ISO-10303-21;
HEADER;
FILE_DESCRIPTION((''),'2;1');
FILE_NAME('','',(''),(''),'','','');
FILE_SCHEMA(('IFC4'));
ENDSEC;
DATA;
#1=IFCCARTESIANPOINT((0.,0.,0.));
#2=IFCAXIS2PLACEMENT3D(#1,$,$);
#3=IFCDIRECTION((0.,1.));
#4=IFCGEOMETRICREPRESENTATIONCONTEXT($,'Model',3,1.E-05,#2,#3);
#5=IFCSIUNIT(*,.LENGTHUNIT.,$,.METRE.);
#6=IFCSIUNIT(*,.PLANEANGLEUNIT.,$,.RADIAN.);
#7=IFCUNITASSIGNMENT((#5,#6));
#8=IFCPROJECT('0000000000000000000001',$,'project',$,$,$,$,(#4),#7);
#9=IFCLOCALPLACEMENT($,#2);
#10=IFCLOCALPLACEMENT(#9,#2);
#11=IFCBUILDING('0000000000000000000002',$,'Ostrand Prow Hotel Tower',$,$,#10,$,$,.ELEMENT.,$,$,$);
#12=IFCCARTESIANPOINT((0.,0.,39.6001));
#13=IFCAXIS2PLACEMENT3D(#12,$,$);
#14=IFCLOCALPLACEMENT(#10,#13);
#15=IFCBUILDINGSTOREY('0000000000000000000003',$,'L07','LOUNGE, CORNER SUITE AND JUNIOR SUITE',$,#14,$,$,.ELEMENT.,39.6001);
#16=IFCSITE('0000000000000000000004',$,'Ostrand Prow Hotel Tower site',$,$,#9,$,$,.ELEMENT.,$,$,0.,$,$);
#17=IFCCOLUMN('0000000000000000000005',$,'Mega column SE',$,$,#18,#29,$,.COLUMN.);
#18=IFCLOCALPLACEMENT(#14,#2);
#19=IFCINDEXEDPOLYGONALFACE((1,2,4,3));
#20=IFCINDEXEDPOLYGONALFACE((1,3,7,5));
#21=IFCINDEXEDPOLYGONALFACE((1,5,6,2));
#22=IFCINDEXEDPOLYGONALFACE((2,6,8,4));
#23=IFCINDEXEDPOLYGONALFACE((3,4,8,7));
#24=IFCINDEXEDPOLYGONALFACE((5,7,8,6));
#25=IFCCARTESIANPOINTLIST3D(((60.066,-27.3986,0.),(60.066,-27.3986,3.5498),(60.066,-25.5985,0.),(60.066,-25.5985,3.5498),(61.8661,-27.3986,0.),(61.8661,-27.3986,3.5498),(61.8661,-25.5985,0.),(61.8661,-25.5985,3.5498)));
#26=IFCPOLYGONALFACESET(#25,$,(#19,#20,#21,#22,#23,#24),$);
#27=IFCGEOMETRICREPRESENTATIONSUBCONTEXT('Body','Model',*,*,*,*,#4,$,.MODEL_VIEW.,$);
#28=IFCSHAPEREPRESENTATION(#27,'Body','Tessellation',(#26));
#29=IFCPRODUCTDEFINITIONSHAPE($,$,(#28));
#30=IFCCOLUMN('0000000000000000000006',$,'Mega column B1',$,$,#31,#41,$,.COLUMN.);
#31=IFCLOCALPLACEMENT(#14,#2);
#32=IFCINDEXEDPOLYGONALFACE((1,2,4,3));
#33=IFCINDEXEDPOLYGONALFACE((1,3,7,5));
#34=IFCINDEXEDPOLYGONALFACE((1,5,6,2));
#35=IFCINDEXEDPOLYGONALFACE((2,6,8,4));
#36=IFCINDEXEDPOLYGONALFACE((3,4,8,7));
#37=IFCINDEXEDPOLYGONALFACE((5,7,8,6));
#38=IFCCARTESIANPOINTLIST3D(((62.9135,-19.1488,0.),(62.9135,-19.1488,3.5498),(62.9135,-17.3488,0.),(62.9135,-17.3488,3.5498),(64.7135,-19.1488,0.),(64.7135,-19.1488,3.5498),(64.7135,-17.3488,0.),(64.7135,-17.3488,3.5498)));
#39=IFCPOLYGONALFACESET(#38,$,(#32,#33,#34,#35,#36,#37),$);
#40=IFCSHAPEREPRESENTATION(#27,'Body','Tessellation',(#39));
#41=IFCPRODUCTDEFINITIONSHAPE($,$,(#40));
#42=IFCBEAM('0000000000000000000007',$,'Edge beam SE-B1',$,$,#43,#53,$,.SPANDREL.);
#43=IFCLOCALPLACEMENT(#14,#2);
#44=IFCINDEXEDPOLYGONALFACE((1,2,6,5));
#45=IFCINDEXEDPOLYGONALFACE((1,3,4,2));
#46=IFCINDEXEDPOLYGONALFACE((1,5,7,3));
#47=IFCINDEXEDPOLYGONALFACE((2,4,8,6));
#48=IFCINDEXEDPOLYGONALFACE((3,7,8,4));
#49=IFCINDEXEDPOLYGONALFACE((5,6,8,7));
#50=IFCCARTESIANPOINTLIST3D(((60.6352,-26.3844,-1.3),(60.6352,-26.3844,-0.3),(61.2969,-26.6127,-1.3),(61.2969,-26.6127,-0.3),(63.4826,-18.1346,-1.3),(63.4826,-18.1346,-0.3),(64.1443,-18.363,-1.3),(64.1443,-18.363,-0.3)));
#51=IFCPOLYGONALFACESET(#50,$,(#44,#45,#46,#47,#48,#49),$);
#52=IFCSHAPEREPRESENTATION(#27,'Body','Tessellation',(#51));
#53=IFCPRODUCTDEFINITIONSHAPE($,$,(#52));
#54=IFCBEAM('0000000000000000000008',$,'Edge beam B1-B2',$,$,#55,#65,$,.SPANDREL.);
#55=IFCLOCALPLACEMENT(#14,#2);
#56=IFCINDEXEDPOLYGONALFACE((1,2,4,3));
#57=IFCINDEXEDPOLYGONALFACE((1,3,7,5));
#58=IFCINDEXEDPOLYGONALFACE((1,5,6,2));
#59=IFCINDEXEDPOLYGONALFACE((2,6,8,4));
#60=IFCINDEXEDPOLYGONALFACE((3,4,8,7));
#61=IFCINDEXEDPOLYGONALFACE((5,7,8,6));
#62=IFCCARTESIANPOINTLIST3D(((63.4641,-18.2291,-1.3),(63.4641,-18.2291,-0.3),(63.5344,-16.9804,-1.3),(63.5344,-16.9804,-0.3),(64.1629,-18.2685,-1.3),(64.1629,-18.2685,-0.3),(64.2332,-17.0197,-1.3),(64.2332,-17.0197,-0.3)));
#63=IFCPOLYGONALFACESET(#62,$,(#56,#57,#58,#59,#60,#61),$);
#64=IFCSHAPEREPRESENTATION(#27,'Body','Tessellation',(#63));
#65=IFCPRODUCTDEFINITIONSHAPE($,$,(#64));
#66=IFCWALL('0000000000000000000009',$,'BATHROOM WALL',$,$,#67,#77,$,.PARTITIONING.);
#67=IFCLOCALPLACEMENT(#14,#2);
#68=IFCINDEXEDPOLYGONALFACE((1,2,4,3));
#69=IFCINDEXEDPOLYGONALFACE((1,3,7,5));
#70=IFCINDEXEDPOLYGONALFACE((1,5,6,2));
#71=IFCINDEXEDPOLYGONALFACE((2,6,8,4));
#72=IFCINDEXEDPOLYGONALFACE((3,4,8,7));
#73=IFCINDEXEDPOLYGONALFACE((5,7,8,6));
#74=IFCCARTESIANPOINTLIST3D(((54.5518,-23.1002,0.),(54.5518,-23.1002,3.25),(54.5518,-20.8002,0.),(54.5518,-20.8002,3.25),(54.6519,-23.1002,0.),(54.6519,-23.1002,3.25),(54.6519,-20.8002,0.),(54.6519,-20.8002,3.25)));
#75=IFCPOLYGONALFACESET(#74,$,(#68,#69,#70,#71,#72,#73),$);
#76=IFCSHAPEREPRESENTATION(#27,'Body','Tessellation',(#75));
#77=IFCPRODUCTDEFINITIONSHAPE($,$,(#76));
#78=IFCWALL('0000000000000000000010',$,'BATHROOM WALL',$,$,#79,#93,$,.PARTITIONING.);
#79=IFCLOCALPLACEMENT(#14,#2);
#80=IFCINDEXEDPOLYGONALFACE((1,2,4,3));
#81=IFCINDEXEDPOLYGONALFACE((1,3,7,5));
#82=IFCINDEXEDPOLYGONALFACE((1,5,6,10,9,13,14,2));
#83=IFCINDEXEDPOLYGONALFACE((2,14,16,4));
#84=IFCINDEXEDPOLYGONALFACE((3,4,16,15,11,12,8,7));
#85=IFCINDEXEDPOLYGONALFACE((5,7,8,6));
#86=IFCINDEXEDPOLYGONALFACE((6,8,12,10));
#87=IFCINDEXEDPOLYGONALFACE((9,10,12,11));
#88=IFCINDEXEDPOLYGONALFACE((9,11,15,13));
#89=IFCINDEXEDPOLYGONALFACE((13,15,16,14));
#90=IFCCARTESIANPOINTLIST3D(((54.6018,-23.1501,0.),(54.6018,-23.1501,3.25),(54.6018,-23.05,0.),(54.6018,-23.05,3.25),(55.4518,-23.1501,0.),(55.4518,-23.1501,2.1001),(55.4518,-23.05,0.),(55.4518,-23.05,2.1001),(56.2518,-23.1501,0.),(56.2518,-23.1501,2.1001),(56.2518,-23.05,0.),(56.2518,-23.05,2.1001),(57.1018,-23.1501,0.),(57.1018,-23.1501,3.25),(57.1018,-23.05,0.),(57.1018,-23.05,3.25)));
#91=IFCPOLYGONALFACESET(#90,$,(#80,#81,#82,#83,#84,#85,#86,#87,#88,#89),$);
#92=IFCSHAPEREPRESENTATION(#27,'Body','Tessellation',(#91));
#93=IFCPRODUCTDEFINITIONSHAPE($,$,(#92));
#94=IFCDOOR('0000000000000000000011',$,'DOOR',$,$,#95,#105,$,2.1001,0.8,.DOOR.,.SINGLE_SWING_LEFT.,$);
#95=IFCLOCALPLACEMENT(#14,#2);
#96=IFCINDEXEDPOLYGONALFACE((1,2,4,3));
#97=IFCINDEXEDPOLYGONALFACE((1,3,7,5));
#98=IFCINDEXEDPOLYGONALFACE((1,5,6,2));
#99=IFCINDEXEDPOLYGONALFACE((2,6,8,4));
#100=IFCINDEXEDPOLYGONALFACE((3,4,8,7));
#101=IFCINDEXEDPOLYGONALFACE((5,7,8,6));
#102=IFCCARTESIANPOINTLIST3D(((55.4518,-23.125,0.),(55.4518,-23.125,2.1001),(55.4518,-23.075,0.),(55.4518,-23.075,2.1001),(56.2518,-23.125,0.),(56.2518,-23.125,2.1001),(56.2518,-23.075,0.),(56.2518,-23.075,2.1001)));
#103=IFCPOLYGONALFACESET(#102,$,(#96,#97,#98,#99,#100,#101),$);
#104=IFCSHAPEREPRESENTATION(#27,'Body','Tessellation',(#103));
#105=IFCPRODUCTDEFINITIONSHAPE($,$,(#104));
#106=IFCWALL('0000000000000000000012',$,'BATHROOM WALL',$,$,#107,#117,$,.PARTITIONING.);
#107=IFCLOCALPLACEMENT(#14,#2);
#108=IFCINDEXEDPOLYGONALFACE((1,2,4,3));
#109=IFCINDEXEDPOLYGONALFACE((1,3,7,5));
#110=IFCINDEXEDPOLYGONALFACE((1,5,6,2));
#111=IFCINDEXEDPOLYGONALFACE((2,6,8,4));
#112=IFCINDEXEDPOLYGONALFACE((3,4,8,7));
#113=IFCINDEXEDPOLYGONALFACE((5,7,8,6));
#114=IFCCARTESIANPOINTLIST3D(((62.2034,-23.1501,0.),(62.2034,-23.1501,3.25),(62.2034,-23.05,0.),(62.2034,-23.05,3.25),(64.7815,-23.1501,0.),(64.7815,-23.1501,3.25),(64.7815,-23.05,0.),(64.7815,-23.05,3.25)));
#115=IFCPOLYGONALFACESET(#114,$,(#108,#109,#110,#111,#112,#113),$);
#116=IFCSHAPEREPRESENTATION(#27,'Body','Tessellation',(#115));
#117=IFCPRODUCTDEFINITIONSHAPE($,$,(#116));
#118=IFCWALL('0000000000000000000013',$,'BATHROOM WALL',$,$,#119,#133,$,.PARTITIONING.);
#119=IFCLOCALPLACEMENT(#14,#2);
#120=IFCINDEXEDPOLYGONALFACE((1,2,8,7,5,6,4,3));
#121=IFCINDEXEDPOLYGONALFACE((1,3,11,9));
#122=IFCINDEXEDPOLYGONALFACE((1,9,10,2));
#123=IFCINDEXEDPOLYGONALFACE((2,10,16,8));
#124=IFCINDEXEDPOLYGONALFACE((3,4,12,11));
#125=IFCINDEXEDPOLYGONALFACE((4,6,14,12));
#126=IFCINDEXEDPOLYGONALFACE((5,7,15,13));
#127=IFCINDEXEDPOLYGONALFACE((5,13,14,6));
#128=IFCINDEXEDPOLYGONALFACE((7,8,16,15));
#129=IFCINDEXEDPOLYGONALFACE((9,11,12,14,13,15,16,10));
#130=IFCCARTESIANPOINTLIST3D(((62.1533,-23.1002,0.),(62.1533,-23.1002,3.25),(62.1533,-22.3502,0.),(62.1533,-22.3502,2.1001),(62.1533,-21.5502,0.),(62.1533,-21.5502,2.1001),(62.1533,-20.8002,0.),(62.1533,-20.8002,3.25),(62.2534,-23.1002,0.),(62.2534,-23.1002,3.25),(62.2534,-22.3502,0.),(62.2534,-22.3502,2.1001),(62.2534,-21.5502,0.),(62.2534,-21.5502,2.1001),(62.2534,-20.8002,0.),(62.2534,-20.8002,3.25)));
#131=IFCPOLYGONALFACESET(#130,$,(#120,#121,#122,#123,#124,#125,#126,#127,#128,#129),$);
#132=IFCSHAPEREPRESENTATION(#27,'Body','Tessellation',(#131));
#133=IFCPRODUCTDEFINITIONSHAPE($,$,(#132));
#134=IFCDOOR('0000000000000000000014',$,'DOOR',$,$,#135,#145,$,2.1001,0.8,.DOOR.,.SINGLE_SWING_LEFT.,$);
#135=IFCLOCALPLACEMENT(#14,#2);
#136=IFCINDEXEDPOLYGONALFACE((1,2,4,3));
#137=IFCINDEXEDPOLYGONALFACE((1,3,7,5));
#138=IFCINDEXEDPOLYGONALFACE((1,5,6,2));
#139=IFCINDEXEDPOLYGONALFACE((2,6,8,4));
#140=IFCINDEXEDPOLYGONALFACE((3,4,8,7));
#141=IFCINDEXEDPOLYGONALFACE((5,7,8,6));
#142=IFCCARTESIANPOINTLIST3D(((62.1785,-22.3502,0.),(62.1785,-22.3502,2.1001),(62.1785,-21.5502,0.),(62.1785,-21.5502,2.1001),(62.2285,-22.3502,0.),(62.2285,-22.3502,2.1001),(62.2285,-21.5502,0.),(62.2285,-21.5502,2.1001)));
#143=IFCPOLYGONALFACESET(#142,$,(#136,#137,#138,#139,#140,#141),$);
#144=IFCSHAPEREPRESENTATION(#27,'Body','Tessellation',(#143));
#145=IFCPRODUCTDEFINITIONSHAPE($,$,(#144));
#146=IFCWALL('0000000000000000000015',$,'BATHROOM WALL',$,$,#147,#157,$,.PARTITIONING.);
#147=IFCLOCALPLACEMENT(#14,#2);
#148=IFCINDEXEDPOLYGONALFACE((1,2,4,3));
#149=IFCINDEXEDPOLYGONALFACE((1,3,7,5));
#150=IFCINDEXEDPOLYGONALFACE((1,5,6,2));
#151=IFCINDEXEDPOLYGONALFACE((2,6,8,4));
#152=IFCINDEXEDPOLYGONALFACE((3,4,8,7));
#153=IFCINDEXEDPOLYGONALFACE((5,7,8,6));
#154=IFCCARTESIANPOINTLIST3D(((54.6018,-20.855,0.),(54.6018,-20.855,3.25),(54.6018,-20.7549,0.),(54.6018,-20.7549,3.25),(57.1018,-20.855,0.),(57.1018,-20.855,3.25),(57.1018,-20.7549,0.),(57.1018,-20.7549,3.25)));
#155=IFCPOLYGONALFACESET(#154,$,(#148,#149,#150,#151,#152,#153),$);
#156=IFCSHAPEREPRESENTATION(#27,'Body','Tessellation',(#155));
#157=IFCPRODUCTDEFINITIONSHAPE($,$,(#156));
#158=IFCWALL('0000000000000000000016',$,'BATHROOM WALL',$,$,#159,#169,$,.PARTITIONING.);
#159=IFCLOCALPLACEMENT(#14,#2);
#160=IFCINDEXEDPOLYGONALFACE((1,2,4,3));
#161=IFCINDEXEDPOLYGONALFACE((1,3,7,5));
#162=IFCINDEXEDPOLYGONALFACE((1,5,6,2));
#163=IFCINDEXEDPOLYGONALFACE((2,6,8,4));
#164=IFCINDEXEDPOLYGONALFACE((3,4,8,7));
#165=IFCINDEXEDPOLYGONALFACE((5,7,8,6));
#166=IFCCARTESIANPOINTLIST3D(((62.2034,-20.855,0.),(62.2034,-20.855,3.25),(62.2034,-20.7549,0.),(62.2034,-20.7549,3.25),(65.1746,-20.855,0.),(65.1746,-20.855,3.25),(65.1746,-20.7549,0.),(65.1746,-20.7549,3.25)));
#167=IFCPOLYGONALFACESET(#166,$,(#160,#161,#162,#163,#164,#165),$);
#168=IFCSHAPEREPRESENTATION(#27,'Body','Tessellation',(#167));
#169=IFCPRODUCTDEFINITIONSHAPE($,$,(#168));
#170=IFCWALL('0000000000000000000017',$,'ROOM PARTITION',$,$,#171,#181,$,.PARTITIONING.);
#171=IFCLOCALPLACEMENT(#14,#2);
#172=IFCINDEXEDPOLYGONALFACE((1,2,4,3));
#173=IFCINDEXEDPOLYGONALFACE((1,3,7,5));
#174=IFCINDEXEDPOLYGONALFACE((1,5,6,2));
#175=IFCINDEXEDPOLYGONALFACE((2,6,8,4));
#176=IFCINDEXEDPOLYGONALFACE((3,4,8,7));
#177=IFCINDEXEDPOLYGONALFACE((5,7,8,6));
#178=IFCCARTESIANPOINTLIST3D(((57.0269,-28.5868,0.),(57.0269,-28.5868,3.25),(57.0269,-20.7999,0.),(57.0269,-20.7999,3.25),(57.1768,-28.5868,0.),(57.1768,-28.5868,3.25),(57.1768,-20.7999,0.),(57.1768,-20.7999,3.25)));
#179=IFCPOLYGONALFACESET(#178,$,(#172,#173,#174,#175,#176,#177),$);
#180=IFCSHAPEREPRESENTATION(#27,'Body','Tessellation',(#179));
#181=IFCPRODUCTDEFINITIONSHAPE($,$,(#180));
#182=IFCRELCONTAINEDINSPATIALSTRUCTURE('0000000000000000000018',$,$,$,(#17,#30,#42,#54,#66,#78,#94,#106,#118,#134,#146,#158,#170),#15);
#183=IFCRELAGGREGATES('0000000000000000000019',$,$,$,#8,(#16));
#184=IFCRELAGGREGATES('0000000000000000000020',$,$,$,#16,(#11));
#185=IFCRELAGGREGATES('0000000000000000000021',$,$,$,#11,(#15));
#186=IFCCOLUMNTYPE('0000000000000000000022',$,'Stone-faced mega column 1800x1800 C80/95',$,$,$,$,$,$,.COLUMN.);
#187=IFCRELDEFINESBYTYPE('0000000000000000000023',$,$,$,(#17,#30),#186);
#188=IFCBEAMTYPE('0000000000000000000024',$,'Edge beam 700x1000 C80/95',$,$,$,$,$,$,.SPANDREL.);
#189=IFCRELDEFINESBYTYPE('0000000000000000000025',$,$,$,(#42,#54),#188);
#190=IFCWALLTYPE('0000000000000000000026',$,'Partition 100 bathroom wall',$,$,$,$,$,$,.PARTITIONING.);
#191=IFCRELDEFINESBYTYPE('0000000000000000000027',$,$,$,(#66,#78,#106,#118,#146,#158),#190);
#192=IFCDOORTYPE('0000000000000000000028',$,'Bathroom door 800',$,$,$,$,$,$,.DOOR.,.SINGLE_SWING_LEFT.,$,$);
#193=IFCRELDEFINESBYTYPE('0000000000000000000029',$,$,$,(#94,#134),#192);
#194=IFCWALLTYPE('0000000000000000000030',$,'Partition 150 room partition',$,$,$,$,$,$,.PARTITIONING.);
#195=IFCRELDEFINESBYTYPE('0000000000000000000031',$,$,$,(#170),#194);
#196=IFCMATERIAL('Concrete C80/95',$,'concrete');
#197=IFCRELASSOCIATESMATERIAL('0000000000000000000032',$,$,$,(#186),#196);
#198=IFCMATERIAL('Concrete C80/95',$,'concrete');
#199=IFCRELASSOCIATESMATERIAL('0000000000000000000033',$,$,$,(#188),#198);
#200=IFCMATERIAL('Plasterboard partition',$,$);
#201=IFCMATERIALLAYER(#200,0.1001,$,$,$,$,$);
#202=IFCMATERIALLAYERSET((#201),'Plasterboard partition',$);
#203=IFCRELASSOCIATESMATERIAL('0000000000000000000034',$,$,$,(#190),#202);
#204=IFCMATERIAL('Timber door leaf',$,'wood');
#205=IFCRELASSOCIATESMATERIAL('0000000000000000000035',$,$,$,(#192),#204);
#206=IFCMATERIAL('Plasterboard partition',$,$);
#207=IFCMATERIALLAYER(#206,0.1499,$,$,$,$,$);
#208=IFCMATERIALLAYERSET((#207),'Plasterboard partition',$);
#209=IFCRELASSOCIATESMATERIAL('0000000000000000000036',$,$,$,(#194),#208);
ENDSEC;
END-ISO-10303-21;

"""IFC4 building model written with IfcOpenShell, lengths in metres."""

from ifc_helpers import new_model, si_unit, direction, frame, frame_2d, origin, origin_2d, place, context, subcontext, project, spatial, rectangle, extrude, material, layer, layer_set, material_profile, profile_set, type_object, element, fill, save


model = new_model("IFC4")

# Units and contexts
model_context = context("Model", 3, precision=1e-05, world=origin(), true_north=direction((0.0, 1.0)))
body_context = subcontext(model_context, "Body", "Model", "MODEL_VIEW")
ifc_project = project(units=[si_unit("LENGTHUNIT", "METRE"), si_unit("PLANEANGLEUNIT", "RADIAN")], contexts=[model_context])

# Site, building, storey
site_placement = place(None, origin())
site = spatial("IfcSite", under=ifc_project, at=site_placement, Name="Ostrand Prow Hotel Tower site", CompositionType="ELEMENT", RefElevation=0.0)
building_placement = place(site_placement, origin())
building = spatial("IfcBuilding", under=site, at=building_placement, Name="Ostrand Prow Hotel Tower", CompositionType="ELEMENT")
storey_placement = place(building_placement, frame((0.0, 0.0, 39.6001)))
storey = spatial("IfcBuildingStorey", under=building, at=storey_placement, Name="L07", Description="LOUNGE, CORNER SUITE AND JUNIOR SUITE", CompositionType="ELEMENT", Elevation=39.6001)

# Columns
ifc_material_1 = material(Name="Concrete C80/95", Category="concrete")
ifc_material_profile_1 = material_profile(ifc_material_1, rectangle(XDim=1.8, YDim=1.8, at=origin_2d()), Name="RC 1800x1800")
ifc_profile_set_1 = profile_set([ifc_material_profile_1], Name="Concrete C80/95")
column_type = type_object("IfcColumnType", Name="Stone-faced mega column 1800x1800 C80/95", PredefinedType="COLUMN", material=ifc_profile_set_1)
for number, where, z_axis, x_axis, name in (
    (1, (60.9661, -26.4985, 0.0), (0.0, 0.0, 1.0), (1.0, 0.0, 0.0), "Mega column SE"),
    (2, (63.8135, -18.2488, 0.0), (0.0, 0.0, 1.0), (1.0, 0.0, 0.0), "Mega column B1"),
):
    element("IfcColumn", number, at=place(storey_placement, frame(where, z_axis=z_axis, x_axis=x_axis)), inside=storey, type_object=column_type, Name=name, PredefinedType="COLUMN", context=body_context, shape_type="SweptSolid", body=[
        extrude(rectangle(XDim=1.8, YDim=1.8, at=origin_2d()), origin(), (0.0, 0.0, 1.0), 3.5498),
    ])

# Beams
ifc_material_2 = material(Name="Concrete C80/95", Category="concrete")
ifc_material_profile_2 = material_profile(ifc_material_2, rectangle(XDim=0.7, YDim=1.0, at=origin_2d()), Name="RC 700x1000")
ifc_profile_set_2 = profile_set([ifc_material_profile_2], Name="Concrete C80/95")
beam_type = type_object("IfcBeamType", Name="Edge beam 700x1000 C80/95", PredefinedType="SPANDREL", material=ifc_profile_set_2)
beam_1_placement = place(storey_placement, frame((60.9661, -26.4985, -0.8), z_axis=(0.326264, 0.945279, 0.0), x_axis=(-0.945279, 0.326264, 0.0)))
element("IfcBeam", 3, at=beam_1_placement, inside=storey, type_object=beam_type, Name="Edge beam SE-B1", PredefinedType="SPANDREL", context=body_context, shape_type="SweptSolid", body=[
    extrude(rectangle(XDim=0.7, YDim=1.0, at=origin_2d()), origin(), (0.0, 0.0, 1.0), 8.7273),
])
beam_2_placement = place(storey_placement, frame((63.8135, -18.2488, -0.8), z_axis=(0.056216, 0.998419, 0.0), x_axis=(-0.998419, 0.056216, 0.0)))
element("IfcBeam", 4, at=beam_2_placement, inside=storey, type_object=beam_type, Name="Edge beam B1-B2", PredefinedType="SPANDREL", context=body_context, shape_type="SweptSolid", body=[
    extrude(rectangle(XDim=0.7, YDim=1.0, at=origin_2d()), origin(), (0.0, 0.0, 1.0), 1.2507),
])

# Wall
ifc_material_3 = material(Name="Plasterboard partition")
ifc_layer_1 = layer(ifc_material_3, 0.1001)
ifc_layer_set_1 = layer_set([ifc_layer_1], Name="Plasterboard partition")
wall_type_1 = type_object("IfcWallType", Name="Partition 100 bathroom wall", PredefinedType="PARTITIONING", material=ifc_layer_set_1)
wall_1_placement = place(storey_placement, frame((54.6018, -23.1001, 0.0), z_axis=(0.0, 0.0, 1.0), x_axis=(0.0, 1.0, 0.0)))
element("IfcWall", 5, at=wall_1_placement, inside=storey, type_object=wall_type_1, Name="BATHROOM WALL", PredefinedType="PARTITIONING", context=body_context, shape_type="SweptSolid", body=[
    extrude(rectangle(XDim=2.3, YDim=0.1001, at=frame_2d((1.1499, 0.0))), origin(), (0.0, 0.0, 1.0), 3.25),
])

# Wall, opening, door
wall_2_placement = place(storey_placement, frame((57.1018, -23.1001, 0.0), z_axis=(0.0, 0.0, 1.0), x_axis=(-1.0, 0.0, 0.0)))
wall_2 = element("IfcWall", 6, at=wall_2_placement, inside=storey, type_object=wall_type_1, Name="BATHROOM WALL", PredefinedType="PARTITIONING", context=body_context, shape_type="SweptSolid", body=[
    extrude(rectangle(XDim=2.5, YDim=0.1001, at=frame_2d((1.25, 0.0))), origin(), (0.0, 0.0, 1.0), 3.25),
])
opening_1_placement = place(wall_2_placement, frame((0.8501, 0.0, 0.0)))
opening_1 = element("IfcOpeningElement", 7, at=opening_1_placement, cuts=wall_2, PredefinedType="OPENING", context=body_context, shape_type="SweptSolid", body=[
    extrude(rectangle(XDim=0.8, YDim=2.1001, at=frame_2d((0.3999, 1.05))), frame((0.0, 0.0601, 0.0), z_axis=(0.0, -1.0, 0.0), x_axis=(1.0, 0.0, 0.0)), (0.0, 0.0, 1.0), 0.1201),
])
ifc_material_4 = material(Name="Timber door leaf", Category="wood")
door_type_1 = type_object("IfcDoorType", Name="Bathroom door 800", OperationType="SINGLE_SWING_LEFT", PredefinedType="DOOR", material=ifc_material_4)
door_1_placement = place(opening_1_placement, origin())
door_1 = element("IfcDoor", 8, at=door_1_placement, inside=storey, type_object=door_type_1, Name="DOOR", OperationType="SINGLE_SWING_LEFT", OverallHeight=2.1001, OverallWidth=0.8, PredefinedType="DOOR", context=body_context, shape_type="SweptSolid", body=[
    extrude(rectangle(XDim=0.8, YDim=2.1001, at=frame_2d((0.3999, 1.05))), frame((0.0, 0.0249, 0.0), z_axis=(0.0, -1.0, 0.0), x_axis=(1.0, 0.0, 0.0)), (0.0, 0.0, 1.0), 0.05),
])
fill(opening_1, door_1)

# Wall
wall_3_placement = place(storey_placement, frame((64.7815, -23.1001, 0.0), z_axis=(0.0, 0.0, 1.0), x_axis=(-1.0, 0.0, 0.0)))
element("IfcWall", 9, at=wall_3_placement, inside=storey, type_object=wall_type_1, Name="BATHROOM WALL", PredefinedType="PARTITIONING", context=body_context, shape_type="SweptSolid", body=[
    extrude(rectangle(XDim=2.5781, YDim=0.1001, at=frame_2d((1.2891, 0.0))), origin(), (0.0, 0.0, 1.0), 3.25),
])

# Wall, opening, door
wall_4_placement = place(storey_placement, frame((62.2034, -23.1001, 0.0), z_axis=(0.0, 0.0, 1.0), x_axis=(0.0, 1.0, 0.0)))
wall_4 = element("IfcWall", 10, at=wall_4_placement, inside=storey, type_object=wall_type_1, Name="BATHROOM WALL", PredefinedType="PARTITIONING", context=body_context, shape_type="SweptSolid", body=[
    extrude(rectangle(XDim=2.3, YDim=0.1001, at=frame_2d((1.1499, 0.0))), origin(), (0.0, 0.0, 1.0), 3.25),
])
opening_2_placement = place(wall_4_placement, frame((0.75, 0.0, 0.0)))
opening_2 = element("IfcOpeningElement", 11, at=opening_2_placement, cuts=wall_4, PredefinedType="OPENING", context=body_context, shape_type="SweptSolid", body=[
    extrude(rectangle(XDim=0.8, YDim=2.1001, at=frame_2d((0.3999, 1.05))), frame((0.0, 0.0601, 0.0), z_axis=(0.0, -1.0, 0.0), x_axis=(1.0, 0.0, 0.0)), (0.0, 0.0, 1.0), 0.1201),
])
door_2_placement = place(opening_2_placement, origin())
door_2 = element("IfcDoor", 12, at=door_2_placement, inside=storey, type_object=door_type_1, Name="DOOR", OperationType="SINGLE_SWING_LEFT", OverallHeight=2.1001, OverallWidth=0.8, PredefinedType="DOOR", context=body_context, shape_type="SweptSolid", body=[
    extrude(rectangle(XDim=0.8, YDim=2.1001, at=frame_2d((0.3999, 1.05))), frame((0.0, 0.0249, 0.0), z_axis=(0.0, -1.0, 0.0), x_axis=(1.0, 0.0, 0.0)), (0.0, 0.0, 1.0), 0.05),
])
fill(opening_2, door_2)

# Walls
wall_5_placement = place(storey_placement, frame((54.6018, -20.8049, 0.0), z_axis=(0.0, 0.0, 1.0), x_axis=(1.0, 0.0, 0.0)))
element("IfcWall", 13, at=wall_5_placement, inside=storey, type_object=wall_type_1, Name="BATHROOM WALL", PredefinedType="PARTITIONING", context=body_context, shape_type="SweptSolid", body=[
    extrude(rectangle(XDim=2.5, YDim=0.1001, at=frame_2d((1.25, 0.0))), origin(), (0.0, 0.0, 1.0), 3.25),
])
wall_6_placement = place(storey_placement, frame((62.2034, -20.8049, 0.0), z_axis=(0.0, 0.0, 1.0), x_axis=(1.0, 0.0, 0.0)))
element("IfcWall", 14, at=wall_6_placement, inside=storey, type_object=wall_type_1, Name="BATHROOM WALL", PredefinedType="PARTITIONING", context=body_context, shape_type="SweptSolid", body=[
    extrude(rectangle(XDim=2.9712, YDim=0.1001, at=frame_2d((1.4856, 0.0))), origin(), (0.0, 0.0, 1.0), 3.25),
])
ifc_material_5 = material(Name="Plasterboard partition")
ifc_layer_2 = layer(ifc_material_5, 0.1499)
ifc_layer_set_2 = layer_set([ifc_layer_2], Name="Plasterboard partition")
wall_type_2 = type_object("IfcWallType", Name="Partition 150 room partition", PredefinedType="PARTITIONING", material=ifc_layer_set_2)
wall_7_placement = place(storey_placement, frame((57.1018, -28.5869, 0.0), z_axis=(0.0, 0.0, 1.0), x_axis=(0.0, 1.0, 0.0)))
element("IfcWall", 15, at=wall_7_placement, inside=storey, type_object=wall_type_2, Name="ROOM PARTITION", PredefinedType="PARTITIONING", context=body_context, shape_type="SweptSolid", body=[
    extrude(rectangle(XDim=7.7869, YDim=0.1499, at=frame_2d((3.8936, 0.0))), origin(), (0.0, 0.0, 1.0), 3.25),
])

save(model, "model.ifc")
